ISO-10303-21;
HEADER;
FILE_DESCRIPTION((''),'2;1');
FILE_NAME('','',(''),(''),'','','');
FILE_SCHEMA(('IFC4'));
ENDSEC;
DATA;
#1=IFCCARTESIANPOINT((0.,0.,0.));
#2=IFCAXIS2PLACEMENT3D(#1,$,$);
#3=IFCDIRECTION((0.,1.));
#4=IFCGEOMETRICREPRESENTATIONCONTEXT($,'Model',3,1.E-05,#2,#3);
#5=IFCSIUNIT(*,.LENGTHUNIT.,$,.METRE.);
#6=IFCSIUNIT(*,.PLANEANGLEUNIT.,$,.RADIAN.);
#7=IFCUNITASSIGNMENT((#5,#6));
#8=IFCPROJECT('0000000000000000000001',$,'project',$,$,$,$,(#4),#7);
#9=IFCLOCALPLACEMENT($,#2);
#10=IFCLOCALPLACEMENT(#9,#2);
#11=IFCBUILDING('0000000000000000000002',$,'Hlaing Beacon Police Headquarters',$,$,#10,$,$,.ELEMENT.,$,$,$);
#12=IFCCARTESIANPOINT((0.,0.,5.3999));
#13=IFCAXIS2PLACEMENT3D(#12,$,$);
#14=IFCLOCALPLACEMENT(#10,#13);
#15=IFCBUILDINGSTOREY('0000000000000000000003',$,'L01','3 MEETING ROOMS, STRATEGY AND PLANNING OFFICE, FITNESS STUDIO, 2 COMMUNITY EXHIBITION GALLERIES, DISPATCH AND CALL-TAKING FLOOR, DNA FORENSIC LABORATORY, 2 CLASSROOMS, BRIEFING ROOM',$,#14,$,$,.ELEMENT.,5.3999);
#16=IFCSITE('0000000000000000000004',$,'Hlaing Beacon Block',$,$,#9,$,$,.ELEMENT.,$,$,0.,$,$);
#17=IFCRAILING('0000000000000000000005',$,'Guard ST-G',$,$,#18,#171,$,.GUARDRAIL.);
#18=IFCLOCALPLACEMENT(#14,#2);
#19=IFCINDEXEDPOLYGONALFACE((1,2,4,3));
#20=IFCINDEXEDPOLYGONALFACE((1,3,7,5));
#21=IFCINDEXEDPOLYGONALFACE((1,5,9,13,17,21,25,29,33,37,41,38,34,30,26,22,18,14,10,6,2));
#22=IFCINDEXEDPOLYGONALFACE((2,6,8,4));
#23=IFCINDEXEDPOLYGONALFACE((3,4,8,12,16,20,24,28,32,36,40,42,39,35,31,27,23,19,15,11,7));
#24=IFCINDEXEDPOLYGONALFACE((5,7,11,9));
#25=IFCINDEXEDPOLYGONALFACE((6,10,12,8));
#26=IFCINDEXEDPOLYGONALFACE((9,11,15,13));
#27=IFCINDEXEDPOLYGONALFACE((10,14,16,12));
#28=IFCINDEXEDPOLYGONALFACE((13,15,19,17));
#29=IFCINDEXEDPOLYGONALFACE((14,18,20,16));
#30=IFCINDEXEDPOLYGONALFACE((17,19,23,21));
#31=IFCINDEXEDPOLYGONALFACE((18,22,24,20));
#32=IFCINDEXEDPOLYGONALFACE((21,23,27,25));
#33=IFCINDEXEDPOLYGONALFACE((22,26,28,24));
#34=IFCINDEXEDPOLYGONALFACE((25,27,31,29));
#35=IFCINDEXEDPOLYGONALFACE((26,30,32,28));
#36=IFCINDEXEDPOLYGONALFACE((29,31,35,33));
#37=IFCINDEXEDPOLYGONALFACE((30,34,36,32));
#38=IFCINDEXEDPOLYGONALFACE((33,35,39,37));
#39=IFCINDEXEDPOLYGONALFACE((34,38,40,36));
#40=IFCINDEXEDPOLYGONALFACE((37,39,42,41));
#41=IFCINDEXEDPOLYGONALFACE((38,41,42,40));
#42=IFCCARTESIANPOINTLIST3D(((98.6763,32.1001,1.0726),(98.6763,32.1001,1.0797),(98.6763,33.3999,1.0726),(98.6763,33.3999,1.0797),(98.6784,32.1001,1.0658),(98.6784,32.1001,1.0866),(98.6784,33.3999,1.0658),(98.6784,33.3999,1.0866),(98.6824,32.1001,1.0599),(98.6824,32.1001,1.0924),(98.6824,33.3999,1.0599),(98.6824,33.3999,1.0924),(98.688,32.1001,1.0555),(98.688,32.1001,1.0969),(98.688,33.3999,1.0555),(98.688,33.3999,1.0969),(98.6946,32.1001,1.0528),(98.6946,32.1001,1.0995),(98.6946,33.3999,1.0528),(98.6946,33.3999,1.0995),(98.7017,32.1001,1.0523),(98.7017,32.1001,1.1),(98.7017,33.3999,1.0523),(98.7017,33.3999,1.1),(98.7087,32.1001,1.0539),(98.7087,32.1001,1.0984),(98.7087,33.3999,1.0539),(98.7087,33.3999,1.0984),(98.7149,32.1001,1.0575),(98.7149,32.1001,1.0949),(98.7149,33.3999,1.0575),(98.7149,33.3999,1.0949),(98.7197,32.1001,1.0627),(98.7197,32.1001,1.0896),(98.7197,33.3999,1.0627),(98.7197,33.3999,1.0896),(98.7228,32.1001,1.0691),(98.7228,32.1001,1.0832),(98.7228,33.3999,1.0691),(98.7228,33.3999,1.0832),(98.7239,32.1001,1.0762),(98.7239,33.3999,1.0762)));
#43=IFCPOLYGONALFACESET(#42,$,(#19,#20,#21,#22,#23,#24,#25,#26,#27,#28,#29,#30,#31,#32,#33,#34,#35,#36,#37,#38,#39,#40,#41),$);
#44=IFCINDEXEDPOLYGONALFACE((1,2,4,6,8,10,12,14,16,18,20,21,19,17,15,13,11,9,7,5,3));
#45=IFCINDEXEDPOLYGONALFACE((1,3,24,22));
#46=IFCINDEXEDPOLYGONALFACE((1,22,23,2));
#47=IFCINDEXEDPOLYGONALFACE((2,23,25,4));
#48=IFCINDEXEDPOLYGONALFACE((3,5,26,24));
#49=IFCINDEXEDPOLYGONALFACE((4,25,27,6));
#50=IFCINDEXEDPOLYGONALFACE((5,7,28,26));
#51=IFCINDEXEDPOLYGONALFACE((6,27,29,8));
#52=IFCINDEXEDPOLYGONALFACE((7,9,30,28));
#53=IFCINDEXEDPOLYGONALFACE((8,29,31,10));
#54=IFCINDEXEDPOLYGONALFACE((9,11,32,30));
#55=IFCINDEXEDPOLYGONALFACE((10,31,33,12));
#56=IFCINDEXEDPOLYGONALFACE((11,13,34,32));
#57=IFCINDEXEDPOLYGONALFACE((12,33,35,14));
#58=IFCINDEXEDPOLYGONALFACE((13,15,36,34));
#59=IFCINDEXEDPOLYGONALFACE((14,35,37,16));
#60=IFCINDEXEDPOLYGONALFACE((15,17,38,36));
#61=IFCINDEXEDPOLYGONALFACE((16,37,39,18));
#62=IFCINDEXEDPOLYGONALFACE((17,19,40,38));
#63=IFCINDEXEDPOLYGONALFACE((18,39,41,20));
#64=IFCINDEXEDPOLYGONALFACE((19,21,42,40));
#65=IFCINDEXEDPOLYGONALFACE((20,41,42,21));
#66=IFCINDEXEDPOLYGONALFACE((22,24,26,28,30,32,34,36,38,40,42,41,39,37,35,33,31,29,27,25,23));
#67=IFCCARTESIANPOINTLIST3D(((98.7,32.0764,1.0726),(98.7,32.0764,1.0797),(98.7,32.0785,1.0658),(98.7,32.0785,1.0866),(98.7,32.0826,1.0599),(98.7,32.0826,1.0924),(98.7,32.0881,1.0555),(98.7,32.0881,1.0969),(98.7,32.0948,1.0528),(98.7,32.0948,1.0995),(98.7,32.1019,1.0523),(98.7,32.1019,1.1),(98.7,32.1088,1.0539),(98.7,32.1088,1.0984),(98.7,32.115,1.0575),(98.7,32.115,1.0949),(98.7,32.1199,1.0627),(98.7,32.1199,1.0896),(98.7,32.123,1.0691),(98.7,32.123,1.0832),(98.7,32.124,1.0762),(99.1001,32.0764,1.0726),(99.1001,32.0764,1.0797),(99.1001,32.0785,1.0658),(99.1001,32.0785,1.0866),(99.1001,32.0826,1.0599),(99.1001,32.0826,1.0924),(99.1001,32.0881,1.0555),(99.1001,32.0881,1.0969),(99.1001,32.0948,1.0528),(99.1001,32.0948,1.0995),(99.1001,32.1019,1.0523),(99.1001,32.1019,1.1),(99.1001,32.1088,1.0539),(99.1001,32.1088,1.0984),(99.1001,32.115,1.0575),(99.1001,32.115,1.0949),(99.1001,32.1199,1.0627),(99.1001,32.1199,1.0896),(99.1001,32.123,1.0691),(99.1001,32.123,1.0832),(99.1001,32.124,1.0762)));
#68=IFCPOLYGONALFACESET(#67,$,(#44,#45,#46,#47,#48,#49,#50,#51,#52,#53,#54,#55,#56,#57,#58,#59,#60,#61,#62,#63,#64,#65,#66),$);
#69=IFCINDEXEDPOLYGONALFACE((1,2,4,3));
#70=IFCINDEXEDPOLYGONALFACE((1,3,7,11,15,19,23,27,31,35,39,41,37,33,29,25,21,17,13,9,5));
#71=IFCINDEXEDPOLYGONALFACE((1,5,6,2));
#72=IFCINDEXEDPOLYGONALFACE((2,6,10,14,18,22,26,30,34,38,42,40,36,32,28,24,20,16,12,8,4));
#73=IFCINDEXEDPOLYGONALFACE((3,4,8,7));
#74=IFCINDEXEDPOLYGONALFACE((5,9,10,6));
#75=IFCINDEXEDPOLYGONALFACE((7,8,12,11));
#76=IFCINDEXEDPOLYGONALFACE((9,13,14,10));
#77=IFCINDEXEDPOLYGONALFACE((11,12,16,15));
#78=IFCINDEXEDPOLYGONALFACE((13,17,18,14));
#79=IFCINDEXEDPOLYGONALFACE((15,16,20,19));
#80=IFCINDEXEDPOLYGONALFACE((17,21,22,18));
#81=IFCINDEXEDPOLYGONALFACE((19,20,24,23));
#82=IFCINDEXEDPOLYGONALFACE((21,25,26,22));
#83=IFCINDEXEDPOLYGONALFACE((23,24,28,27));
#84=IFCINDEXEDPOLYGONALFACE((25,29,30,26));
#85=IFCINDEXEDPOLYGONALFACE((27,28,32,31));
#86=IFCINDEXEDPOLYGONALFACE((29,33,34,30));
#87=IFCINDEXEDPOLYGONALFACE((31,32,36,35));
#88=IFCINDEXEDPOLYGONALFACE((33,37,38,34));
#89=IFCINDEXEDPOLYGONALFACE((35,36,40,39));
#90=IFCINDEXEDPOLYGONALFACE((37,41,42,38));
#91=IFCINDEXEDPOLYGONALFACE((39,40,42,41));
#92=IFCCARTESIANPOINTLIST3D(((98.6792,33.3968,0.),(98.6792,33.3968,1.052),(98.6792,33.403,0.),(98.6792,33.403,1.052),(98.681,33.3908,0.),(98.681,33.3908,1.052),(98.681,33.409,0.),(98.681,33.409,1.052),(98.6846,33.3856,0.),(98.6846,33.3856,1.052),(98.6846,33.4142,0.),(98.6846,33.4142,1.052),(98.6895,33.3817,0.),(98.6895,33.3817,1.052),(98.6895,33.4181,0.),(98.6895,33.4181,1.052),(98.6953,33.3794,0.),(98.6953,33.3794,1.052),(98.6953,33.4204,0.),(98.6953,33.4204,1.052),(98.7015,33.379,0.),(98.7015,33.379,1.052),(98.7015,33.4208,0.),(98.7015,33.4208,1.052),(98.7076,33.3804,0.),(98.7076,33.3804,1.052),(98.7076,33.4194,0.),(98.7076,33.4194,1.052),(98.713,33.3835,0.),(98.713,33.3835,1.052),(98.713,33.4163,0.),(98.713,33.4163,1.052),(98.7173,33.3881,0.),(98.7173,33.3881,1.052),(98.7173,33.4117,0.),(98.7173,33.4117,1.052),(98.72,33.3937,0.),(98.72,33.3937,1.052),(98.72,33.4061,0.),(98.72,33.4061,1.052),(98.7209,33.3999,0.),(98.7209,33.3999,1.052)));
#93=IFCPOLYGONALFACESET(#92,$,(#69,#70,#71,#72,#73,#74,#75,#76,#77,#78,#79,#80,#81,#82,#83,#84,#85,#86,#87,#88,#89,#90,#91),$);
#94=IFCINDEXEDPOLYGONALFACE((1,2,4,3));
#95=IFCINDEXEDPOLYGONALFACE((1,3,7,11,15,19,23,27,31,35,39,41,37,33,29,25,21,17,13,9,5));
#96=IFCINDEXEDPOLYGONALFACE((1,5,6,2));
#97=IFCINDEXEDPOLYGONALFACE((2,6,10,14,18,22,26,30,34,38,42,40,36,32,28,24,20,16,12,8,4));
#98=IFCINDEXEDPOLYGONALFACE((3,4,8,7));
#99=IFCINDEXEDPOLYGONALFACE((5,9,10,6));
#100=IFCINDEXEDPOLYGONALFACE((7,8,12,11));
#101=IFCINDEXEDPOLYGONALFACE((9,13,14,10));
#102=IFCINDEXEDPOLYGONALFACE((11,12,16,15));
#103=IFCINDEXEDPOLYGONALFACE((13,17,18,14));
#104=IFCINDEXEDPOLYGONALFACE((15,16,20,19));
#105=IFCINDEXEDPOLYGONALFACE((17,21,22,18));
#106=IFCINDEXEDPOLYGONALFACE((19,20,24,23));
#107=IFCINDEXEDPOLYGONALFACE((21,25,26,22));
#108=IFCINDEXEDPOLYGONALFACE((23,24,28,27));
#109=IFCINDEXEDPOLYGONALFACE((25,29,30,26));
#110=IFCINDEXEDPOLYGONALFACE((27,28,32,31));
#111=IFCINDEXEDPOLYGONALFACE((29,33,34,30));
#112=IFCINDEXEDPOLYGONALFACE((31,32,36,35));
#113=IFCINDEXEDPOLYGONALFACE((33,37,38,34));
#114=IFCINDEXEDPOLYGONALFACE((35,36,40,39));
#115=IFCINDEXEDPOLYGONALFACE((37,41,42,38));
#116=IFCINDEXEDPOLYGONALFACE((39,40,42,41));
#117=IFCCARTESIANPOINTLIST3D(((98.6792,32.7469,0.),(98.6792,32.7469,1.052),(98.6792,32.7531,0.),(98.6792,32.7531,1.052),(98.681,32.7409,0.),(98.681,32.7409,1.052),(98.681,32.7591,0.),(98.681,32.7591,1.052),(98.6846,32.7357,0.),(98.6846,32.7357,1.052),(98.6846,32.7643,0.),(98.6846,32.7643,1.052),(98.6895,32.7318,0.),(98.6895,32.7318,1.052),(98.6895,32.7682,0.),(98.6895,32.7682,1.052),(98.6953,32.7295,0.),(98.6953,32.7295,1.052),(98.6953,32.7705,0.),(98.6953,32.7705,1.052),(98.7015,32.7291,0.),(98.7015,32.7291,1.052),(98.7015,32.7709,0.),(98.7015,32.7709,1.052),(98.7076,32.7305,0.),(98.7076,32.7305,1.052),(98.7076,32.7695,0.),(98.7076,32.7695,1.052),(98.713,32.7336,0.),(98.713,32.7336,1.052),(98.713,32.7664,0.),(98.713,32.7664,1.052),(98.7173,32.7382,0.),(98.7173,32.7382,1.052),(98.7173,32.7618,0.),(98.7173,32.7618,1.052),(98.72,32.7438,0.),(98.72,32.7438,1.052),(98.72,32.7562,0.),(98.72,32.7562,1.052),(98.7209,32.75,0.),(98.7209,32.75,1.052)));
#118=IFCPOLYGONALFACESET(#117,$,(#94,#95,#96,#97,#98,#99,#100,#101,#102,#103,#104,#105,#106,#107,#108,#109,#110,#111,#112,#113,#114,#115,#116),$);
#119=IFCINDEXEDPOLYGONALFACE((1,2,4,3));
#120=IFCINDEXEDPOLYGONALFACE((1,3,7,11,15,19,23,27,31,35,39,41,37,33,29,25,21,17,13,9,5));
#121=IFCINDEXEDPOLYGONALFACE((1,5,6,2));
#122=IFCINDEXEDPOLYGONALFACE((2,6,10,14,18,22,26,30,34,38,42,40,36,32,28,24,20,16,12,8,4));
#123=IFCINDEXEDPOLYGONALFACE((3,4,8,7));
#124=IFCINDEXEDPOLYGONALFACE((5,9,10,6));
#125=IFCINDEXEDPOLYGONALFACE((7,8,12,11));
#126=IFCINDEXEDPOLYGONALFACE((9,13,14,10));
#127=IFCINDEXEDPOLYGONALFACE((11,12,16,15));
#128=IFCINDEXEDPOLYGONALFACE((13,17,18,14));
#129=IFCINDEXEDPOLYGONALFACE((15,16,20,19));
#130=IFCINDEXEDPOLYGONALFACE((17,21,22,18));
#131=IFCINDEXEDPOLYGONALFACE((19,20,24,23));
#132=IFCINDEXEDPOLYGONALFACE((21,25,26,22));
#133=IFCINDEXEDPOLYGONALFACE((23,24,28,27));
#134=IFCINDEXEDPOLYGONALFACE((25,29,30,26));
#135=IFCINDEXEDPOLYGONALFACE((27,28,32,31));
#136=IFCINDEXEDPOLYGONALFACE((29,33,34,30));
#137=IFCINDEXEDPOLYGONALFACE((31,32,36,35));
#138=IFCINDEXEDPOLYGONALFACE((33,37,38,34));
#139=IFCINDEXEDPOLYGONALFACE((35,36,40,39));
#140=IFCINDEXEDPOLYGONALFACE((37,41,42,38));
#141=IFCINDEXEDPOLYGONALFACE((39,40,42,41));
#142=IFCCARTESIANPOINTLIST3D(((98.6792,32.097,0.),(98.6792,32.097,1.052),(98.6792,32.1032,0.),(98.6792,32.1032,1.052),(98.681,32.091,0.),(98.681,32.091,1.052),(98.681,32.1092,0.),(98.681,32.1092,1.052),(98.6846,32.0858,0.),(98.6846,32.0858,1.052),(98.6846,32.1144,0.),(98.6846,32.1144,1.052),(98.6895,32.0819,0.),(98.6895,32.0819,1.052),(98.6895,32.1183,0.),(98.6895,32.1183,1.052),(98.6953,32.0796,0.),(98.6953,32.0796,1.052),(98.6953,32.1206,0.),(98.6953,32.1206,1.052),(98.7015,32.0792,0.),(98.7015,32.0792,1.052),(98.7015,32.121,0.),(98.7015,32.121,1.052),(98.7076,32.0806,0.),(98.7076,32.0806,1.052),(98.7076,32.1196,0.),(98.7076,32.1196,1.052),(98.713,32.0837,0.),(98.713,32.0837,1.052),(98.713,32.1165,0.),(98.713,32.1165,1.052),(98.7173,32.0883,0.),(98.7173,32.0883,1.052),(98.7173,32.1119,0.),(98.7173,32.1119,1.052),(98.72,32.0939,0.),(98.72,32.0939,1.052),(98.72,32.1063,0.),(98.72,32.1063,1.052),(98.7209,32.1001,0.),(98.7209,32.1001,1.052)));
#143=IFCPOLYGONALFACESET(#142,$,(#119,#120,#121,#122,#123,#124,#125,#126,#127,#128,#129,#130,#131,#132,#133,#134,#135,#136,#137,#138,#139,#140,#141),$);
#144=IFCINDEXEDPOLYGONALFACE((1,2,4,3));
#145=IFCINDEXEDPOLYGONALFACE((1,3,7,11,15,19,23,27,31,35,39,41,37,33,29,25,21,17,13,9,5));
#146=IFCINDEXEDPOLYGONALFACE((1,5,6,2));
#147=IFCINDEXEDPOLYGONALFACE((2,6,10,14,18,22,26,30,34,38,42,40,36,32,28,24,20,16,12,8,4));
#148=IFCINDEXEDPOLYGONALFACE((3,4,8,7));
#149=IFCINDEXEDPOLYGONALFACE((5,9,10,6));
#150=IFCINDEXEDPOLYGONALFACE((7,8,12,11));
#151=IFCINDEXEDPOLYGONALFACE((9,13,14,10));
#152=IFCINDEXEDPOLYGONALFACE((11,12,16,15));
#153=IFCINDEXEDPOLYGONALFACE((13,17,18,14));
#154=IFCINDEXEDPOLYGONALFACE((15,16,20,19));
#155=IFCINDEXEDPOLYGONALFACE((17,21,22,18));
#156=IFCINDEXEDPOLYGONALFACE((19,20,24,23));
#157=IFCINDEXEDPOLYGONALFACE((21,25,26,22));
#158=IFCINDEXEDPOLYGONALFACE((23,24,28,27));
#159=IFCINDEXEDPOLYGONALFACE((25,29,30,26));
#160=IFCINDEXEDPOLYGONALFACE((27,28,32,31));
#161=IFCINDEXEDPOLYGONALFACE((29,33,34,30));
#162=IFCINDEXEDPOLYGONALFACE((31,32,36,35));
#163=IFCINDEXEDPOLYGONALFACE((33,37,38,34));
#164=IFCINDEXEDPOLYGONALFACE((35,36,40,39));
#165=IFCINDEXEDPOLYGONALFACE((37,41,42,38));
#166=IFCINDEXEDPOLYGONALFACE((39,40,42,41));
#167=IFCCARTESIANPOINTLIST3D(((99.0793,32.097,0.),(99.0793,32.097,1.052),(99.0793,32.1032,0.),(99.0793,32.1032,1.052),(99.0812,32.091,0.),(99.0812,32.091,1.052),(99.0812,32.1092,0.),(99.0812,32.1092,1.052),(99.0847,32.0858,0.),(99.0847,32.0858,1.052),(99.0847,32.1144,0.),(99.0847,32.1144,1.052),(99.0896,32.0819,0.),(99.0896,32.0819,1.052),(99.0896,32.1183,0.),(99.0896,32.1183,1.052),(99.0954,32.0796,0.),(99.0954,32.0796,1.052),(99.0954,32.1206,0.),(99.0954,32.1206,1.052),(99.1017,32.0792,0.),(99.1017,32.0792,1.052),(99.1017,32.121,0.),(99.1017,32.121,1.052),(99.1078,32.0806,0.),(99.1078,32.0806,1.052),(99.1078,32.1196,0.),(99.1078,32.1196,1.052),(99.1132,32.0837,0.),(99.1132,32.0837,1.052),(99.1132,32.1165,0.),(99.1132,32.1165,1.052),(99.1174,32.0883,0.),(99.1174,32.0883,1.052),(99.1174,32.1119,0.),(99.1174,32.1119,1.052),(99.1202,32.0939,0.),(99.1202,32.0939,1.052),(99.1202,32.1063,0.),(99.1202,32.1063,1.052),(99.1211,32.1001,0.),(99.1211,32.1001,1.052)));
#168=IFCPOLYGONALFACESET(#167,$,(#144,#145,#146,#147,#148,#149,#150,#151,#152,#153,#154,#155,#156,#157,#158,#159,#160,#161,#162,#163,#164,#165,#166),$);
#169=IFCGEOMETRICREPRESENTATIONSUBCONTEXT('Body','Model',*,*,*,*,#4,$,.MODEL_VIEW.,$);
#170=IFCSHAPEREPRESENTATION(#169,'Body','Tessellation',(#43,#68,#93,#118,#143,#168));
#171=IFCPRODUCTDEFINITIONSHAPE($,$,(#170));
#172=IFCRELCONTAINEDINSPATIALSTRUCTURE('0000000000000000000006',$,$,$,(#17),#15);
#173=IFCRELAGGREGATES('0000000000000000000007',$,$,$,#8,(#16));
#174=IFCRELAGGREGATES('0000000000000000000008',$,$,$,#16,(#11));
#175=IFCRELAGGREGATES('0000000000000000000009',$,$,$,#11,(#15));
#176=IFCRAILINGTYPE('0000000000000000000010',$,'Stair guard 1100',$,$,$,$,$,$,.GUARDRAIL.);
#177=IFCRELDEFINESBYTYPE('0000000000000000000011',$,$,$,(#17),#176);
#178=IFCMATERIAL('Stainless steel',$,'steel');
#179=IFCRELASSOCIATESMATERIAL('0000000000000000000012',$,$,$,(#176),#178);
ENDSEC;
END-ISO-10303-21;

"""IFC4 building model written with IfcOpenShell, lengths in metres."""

from ifc_helpers import new_model, si_unit, direction, frame, origin, origin_2d, place, context, subcontext, project, spatial, circle, extrude, material, type_object, element, save


model = new_model("IFC4")

# Units and contexts
model_context = context("Model", 3, precision=1e-05, world=origin(), true_north=direction((0.0, 1.0)))
body_context = subcontext(model_context, "Body", "Model", "MODEL_VIEW")
ifc_project = project(units=[si_unit("LENGTHUNIT", "METRE"), si_unit("PLANEANGLEUNIT", "RADIAN")], contexts=[model_context])

# Site, building, storey
site_placement = place(None, origin())
site = spatial("IfcSite", under=ifc_project, at=site_placement, Name="Hlaing Beacon Block", CompositionType="ELEMENT", RefElevation=0.0)
building_placement = place(site_placement, origin())
building = spatial("IfcBuilding", under=site, at=building_placement, Name="Hlaing Beacon Police Headquarters", CompositionType="ELEMENT")
storey_placement = place(building_placement, frame((0.0, 0.0, 5.3999)))
storey = spatial("IfcBuildingStorey", under=building, at=storey_placement, Name="L01", Description="3 MEETING ROOMS, STRATEGY AND PLANNING OFFICE, FITNESS STUDIO, 2 COMMUNITY EXHIBITION GALLERIES, DISPATCH AND CALL-TAKING FLOOR, DNA FORENSIC LABORATORY, 2 CLASSROOMS, BRIEFING ROOM", CompositionType="ELEMENT", Elevation=5.3999)

# Railing
ifc_material_1 = material(Name="Stainless steel", Category="steel")
railing_type = type_object("IfcRailingType", Name="Stair guard 1100", PredefinedType="GUARDRAIL", material=ifc_material_1)
railing_placement = place(storey_placement, frame((98.7, 33.3999, 0.0)))
element("IfcRailing", 1, at=railing_placement, inside=storey, type_object=railing_type, Name="Guard ST-G", PredefinedType="GUARDRAIL", context=body_context, shape_type="SweptSolid", body=[
    extrude(circle(Radius=0.0239, at=origin_2d()), frame((0.0, 0.0, 1.0762), z_axis=(0.0, -1.0, 0.0), x_axis=(1.0, 0.0, 0.0)), (0.0, 0.0, 1.0), 1.2998),
    extrude(circle(Radius=0.0239, at=origin_2d()), frame((0.0, -1.2998, 1.0762), z_axis=(1.0, 0.0, 0.0), x_axis=(0.0, 1.0, 0.0)), (0.0, 0.0, 1.0), 0.4001),
    extrude(circle(Radius=0.021, at=origin_2d()), origin(), (0.0, 0.0, 1.0), 1.052),
    extrude(circle(Radius=0.021, at=origin_2d()), frame((0.0, -0.6499, 0.0)), (0.0, 0.0, 1.0), 1.052),
    extrude(circle(Radius=0.021, at=origin_2d()), frame((0.0, -1.2998, 0.0)), (0.0, 0.0, 1.0), 1.052),
    extrude(circle(Radius=0.021, at=origin_2d()), frame((0.4001, -1.2998, 0.0)), (0.0, 0.0, 1.0), 1.052),
])

save(model, "model.ifc")
